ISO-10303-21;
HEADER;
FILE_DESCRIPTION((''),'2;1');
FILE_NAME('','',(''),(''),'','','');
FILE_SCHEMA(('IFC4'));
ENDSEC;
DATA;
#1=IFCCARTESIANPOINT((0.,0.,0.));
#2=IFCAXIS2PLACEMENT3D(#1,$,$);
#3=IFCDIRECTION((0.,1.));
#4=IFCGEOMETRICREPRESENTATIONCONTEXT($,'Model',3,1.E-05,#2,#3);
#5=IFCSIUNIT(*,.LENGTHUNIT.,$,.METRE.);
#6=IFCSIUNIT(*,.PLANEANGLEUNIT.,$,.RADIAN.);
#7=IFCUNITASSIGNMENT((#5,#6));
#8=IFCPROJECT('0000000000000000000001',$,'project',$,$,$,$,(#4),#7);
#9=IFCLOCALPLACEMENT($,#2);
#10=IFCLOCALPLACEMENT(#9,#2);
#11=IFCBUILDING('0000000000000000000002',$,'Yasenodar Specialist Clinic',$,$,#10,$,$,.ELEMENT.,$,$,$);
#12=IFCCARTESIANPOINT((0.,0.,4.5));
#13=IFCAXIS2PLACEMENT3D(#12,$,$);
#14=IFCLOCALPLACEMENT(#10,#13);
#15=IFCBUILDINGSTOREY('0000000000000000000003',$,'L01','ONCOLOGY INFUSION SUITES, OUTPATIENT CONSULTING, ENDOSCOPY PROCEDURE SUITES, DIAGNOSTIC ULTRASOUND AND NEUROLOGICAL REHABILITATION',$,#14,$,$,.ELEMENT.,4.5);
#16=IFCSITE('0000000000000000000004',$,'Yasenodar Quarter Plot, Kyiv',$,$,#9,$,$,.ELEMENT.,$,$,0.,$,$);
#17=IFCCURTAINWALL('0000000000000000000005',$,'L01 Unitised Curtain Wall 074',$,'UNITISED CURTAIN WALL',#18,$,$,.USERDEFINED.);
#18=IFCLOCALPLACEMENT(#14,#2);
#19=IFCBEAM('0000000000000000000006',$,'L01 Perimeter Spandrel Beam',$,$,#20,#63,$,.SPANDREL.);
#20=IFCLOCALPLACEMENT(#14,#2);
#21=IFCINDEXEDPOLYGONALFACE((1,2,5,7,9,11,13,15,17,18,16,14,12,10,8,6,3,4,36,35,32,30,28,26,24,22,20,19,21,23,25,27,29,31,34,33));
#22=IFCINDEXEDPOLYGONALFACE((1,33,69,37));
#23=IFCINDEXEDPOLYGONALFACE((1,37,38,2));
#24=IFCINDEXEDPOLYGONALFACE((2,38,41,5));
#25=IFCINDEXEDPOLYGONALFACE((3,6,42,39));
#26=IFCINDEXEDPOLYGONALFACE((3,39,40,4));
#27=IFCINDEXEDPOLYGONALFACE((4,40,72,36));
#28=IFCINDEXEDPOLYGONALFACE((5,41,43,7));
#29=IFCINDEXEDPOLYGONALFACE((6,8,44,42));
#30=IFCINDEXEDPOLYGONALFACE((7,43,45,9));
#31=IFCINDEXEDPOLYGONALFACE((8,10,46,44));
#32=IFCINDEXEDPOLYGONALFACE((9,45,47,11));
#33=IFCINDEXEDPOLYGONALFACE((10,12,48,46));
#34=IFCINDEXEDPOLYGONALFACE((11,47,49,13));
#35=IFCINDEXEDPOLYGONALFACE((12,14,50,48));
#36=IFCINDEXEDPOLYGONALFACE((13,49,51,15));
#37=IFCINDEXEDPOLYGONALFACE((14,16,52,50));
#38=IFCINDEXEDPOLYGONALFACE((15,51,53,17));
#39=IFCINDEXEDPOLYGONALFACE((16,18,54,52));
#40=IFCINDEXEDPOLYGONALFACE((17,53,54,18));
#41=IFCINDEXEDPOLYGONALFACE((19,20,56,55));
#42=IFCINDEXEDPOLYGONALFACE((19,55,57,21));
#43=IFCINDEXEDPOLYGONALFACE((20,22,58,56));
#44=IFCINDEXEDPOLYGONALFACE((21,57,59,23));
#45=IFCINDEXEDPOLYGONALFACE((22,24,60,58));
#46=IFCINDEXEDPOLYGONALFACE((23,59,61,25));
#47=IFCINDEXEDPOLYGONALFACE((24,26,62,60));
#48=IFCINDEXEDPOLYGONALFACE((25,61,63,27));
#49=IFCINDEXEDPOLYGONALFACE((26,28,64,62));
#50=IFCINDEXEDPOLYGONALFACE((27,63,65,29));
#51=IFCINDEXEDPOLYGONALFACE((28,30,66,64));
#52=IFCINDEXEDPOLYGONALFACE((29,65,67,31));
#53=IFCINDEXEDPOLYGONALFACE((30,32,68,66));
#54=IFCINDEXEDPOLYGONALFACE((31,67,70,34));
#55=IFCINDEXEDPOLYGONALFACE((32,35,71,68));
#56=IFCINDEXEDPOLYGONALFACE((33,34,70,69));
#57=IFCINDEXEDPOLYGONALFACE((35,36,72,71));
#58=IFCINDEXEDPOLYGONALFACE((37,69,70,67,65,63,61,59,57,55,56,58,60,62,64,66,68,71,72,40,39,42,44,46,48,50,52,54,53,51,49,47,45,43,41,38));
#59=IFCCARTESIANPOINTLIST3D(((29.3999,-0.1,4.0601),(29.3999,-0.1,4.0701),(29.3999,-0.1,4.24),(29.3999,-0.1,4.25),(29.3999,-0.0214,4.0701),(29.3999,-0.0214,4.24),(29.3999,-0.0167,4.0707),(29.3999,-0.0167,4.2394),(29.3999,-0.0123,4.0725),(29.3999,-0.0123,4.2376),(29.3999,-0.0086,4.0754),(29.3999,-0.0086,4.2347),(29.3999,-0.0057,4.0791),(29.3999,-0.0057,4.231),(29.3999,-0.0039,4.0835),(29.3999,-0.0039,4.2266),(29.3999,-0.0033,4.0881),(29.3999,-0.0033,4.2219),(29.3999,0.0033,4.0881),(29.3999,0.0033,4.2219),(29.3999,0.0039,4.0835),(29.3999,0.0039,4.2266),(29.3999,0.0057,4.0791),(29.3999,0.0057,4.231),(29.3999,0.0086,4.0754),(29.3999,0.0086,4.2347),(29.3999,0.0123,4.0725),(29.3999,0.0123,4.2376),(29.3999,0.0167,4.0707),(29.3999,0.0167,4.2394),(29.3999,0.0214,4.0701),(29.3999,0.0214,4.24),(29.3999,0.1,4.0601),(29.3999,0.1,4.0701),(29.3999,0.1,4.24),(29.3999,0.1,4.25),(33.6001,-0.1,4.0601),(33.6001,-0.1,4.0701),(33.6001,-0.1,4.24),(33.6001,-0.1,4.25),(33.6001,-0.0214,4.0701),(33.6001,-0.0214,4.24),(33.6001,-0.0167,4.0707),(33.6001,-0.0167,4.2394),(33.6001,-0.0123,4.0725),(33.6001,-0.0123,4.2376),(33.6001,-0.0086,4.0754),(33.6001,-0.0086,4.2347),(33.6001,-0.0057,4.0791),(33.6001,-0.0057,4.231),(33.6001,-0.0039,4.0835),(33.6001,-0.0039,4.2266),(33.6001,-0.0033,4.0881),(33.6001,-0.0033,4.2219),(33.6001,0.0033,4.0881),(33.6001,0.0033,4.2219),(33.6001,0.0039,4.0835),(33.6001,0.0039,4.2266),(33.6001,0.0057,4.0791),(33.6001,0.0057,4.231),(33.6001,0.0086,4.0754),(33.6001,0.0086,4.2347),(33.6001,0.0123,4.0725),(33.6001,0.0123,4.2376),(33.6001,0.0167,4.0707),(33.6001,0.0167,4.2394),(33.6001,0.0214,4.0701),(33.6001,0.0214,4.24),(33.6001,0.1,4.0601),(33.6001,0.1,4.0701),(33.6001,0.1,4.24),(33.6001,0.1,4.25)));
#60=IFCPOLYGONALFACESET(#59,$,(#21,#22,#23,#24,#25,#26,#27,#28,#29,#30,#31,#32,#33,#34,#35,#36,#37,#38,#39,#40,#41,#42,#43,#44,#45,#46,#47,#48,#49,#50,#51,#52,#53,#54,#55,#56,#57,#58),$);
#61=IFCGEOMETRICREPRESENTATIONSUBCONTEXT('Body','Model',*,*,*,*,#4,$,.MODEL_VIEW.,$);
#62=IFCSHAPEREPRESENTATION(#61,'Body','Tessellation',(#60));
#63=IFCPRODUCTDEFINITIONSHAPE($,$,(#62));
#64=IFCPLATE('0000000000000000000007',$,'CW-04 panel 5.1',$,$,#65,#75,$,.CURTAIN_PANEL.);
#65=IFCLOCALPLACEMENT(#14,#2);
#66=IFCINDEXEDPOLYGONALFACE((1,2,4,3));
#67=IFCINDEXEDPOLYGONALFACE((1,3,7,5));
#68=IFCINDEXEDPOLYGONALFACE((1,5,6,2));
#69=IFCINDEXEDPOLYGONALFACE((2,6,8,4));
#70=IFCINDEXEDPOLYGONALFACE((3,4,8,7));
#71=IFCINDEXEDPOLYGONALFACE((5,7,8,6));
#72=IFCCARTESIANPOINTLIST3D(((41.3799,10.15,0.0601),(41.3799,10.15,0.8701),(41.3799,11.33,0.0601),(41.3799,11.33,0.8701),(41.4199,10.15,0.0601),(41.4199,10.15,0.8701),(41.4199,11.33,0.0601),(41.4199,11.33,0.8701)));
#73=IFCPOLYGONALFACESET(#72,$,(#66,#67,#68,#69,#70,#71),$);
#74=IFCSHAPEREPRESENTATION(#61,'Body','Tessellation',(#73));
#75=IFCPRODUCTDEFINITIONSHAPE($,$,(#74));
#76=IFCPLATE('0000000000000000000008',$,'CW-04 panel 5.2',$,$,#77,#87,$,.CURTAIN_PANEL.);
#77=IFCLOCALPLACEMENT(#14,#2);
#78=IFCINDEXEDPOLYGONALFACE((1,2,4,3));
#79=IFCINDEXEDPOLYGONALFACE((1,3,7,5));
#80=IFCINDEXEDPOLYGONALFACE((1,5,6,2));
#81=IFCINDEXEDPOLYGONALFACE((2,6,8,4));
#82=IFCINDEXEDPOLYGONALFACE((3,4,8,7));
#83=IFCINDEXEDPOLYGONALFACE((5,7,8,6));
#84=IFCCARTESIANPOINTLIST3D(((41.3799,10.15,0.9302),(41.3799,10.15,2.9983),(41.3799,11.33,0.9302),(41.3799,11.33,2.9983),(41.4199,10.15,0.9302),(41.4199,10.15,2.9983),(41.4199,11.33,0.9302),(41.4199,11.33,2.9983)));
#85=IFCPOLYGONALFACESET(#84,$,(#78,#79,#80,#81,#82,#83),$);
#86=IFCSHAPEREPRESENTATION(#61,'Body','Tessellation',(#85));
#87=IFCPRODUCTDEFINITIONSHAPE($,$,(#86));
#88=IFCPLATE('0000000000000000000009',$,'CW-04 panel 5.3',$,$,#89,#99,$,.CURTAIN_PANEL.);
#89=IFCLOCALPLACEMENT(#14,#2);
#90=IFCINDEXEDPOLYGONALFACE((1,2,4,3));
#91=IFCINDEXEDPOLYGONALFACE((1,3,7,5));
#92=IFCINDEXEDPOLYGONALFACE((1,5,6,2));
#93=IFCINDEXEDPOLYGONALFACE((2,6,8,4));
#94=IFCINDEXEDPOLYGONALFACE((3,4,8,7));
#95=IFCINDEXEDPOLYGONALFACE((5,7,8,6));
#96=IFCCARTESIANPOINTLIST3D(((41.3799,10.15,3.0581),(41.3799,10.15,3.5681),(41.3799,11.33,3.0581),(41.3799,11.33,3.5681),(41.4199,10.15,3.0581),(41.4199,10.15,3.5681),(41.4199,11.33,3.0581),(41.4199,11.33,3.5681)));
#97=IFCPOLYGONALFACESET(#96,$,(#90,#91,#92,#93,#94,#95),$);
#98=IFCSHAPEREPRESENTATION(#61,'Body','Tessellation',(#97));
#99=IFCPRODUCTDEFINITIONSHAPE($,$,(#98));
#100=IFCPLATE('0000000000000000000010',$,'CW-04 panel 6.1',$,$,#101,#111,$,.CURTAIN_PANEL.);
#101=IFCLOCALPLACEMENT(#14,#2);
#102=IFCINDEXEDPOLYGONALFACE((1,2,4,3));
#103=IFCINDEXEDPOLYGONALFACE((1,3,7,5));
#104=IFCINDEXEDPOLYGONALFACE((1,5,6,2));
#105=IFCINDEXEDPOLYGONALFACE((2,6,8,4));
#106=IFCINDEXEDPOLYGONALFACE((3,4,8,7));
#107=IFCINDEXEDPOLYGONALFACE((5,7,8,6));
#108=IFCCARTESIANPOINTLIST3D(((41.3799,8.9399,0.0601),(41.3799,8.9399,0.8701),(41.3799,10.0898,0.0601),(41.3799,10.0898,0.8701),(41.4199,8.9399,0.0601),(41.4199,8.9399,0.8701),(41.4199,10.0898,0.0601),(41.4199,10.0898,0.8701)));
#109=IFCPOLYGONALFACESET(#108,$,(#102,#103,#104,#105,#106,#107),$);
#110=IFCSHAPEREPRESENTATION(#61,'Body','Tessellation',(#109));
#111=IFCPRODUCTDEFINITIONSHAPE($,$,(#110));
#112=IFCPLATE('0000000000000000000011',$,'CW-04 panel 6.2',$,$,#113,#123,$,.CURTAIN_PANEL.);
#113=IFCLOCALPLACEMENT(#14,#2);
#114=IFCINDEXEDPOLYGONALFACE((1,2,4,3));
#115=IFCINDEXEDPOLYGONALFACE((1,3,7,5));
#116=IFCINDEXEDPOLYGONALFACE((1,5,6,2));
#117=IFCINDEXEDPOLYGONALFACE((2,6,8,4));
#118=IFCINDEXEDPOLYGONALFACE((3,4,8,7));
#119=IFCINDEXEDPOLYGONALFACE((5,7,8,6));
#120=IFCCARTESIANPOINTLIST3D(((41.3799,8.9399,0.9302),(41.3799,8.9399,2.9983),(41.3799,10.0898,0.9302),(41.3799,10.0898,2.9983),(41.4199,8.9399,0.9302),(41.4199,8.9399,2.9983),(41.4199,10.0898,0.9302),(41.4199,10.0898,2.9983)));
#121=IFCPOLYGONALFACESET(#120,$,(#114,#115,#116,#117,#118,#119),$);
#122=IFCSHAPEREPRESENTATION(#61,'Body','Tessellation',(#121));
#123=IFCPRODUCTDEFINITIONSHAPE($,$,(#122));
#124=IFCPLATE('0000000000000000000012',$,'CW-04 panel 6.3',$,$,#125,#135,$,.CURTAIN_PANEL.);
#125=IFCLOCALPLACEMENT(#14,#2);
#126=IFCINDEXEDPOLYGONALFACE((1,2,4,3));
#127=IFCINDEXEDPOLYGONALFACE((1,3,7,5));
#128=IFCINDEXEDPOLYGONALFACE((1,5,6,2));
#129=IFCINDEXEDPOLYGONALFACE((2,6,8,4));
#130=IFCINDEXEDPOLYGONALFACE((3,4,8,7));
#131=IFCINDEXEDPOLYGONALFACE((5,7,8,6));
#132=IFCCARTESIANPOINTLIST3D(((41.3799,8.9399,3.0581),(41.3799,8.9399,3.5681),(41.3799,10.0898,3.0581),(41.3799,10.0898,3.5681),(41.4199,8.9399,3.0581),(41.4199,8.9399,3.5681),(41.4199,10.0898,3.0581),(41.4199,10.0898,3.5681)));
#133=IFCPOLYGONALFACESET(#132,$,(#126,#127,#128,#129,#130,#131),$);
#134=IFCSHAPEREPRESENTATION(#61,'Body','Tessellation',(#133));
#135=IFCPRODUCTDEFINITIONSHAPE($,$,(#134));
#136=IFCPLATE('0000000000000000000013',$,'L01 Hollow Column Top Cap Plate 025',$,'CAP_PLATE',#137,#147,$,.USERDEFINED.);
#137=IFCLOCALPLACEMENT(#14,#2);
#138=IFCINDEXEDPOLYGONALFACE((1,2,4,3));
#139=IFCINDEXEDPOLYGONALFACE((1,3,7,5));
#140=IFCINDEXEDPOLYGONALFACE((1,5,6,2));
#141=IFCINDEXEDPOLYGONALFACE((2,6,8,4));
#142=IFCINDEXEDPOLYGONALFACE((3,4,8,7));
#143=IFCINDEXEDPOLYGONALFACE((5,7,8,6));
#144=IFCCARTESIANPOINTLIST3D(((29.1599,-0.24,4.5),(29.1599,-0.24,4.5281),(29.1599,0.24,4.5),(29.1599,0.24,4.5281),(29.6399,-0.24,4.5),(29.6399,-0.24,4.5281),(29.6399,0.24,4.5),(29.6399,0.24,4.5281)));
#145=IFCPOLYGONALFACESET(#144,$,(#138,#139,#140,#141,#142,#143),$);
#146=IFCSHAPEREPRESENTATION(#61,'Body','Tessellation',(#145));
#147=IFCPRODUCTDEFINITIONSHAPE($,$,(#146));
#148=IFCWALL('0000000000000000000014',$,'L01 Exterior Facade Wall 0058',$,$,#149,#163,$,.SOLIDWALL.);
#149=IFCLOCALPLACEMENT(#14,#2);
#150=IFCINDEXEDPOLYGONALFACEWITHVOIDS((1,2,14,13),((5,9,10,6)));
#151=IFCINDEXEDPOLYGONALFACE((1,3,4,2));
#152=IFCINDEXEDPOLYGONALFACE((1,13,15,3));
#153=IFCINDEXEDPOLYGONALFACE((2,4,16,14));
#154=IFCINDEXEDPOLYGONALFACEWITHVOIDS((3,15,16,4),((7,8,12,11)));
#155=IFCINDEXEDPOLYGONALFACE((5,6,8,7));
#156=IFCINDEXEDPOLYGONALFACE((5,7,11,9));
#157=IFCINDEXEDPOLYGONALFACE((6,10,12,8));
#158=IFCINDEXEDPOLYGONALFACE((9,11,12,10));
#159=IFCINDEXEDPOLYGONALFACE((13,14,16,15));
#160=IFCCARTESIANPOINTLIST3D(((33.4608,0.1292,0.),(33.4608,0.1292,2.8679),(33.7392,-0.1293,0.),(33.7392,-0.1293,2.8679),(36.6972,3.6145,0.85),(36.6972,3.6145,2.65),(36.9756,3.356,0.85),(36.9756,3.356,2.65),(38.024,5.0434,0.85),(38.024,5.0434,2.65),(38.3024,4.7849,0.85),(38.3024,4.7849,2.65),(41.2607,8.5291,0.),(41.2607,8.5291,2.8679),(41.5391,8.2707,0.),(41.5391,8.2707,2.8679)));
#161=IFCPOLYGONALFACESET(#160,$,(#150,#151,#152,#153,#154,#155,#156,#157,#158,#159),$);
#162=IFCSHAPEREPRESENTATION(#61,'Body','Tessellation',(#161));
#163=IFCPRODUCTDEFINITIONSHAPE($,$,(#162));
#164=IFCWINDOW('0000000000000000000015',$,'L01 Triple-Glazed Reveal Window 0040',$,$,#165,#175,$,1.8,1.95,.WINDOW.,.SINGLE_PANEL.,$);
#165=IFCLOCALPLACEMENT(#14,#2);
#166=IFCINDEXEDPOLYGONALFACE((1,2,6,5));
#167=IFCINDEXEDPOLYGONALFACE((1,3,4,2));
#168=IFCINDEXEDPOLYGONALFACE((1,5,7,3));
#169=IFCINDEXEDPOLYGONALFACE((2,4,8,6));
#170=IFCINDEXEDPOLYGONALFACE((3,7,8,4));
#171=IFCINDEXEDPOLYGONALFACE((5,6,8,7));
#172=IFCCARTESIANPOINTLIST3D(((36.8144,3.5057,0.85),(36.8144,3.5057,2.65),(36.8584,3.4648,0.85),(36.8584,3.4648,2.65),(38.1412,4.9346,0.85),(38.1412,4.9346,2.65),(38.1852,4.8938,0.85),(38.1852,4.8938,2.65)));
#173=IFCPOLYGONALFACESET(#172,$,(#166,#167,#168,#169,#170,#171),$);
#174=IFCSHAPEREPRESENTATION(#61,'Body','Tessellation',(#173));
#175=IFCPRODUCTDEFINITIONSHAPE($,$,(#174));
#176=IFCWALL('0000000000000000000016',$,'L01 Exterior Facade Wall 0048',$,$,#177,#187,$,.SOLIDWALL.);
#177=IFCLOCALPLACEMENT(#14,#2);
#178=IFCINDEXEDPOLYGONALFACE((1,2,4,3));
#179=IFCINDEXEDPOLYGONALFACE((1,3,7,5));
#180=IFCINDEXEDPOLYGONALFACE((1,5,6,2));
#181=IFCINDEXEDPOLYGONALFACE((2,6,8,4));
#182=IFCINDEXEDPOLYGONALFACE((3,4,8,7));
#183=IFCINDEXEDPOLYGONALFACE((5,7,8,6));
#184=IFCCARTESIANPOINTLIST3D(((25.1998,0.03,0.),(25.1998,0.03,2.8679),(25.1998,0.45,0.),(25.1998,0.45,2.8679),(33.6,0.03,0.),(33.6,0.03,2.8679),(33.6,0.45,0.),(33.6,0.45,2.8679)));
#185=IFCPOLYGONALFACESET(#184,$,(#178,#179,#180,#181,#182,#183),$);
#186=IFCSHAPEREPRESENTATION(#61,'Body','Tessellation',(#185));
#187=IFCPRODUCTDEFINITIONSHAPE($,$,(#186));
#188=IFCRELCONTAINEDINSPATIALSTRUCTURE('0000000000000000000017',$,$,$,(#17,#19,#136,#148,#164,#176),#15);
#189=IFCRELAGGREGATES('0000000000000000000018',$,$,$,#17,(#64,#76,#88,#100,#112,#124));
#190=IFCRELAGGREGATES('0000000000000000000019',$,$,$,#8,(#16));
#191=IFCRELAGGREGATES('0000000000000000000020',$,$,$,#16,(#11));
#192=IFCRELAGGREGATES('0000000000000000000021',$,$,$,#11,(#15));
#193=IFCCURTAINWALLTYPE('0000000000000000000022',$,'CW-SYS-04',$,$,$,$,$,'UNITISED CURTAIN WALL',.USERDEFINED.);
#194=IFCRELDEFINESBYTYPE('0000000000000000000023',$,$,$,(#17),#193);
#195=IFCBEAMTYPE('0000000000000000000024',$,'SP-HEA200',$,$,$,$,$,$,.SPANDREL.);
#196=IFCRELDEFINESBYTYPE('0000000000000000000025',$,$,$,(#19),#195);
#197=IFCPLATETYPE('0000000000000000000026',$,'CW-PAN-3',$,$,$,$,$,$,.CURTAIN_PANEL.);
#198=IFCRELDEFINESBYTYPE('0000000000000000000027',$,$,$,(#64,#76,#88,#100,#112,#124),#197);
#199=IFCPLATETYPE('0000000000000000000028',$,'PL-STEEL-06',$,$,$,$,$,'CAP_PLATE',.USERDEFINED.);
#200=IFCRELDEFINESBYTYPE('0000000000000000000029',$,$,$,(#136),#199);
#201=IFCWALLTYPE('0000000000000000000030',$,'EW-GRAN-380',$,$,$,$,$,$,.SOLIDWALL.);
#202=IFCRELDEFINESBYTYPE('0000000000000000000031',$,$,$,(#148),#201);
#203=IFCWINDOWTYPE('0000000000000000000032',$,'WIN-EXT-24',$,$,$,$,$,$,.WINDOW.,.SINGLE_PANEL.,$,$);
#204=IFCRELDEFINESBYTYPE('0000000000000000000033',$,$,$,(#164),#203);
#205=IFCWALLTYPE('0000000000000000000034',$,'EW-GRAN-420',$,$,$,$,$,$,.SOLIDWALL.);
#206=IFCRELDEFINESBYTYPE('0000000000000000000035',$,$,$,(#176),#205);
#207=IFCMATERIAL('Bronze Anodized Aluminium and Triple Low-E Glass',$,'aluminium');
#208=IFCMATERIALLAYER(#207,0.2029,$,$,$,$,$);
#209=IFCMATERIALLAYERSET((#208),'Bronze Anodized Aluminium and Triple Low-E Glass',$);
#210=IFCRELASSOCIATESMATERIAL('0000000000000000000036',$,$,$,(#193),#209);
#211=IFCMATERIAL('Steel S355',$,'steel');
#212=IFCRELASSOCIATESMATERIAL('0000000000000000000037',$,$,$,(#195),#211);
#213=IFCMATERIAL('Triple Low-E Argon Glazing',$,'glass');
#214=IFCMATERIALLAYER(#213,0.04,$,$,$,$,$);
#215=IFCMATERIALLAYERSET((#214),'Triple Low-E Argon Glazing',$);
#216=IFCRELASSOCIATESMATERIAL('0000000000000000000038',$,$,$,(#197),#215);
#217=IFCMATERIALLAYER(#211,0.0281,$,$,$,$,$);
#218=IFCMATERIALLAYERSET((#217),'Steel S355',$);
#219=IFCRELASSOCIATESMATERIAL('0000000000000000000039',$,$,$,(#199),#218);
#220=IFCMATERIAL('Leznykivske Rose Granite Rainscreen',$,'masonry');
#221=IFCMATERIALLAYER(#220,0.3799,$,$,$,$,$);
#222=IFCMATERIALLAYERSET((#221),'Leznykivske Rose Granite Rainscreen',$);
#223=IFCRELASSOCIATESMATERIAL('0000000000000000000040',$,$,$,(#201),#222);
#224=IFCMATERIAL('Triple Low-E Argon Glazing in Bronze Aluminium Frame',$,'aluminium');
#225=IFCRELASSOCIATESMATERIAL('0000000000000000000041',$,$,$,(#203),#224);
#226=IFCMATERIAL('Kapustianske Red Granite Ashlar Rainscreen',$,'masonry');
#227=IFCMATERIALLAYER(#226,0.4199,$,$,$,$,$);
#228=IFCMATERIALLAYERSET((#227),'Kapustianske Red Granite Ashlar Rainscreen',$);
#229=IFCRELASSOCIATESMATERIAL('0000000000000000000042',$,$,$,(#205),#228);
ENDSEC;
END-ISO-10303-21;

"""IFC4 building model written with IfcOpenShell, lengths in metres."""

from ifc_helpers import new_model, si_unit, direction, frame, frame_2d, origin, origin_2d, place, context, subcontext, project, spatial, rectangle, i_section, extrude, material, layer, layer_set, material_profile, profile_set, type_object, element, fill, aggregate, save


model = new_model("IFC4")

# Units and contexts
model_context = context("Model", 3, precision=1e-05, world=origin(), true_north=direction((0.0, 1.0)))
body_context = subcontext(model_context, "Body", "Model", "MODEL_VIEW")
ifc_project = project(units=[si_unit("LENGTHUNIT", "METRE"), si_unit("PLANEANGLEUNIT", "RADIAN")], contexts=[model_context])

# Site, building, storey
site_placement = place(None, origin())
site = spatial("IfcSite", under=ifc_project, at=site_placement, Name="Yasenodar Quarter Plot, Kyiv", CompositionType="ELEMENT", RefElevation=0.0)
building_placement = place(site_placement, origin())
building = spatial("IfcBuilding", under=site, at=building_placement, Name="Yasenodar Specialist Clinic", CompositionType="ELEMENT")
storey_placement = place(building_placement, frame((0.0, 0.0, 4.5)))
storey = spatial("IfcBuildingStorey", under=building, at=storey_placement, Name="L01", Description="ONCOLOGY INFUSION SUITES, OUTPATIENT CONSULTING, ENDOSCOPY PROCEDURE SUITES, DIAGNOSTIC ULTRASOUND AND NEUROLOGICAL REHABILITATION", CompositionType="ELEMENT", Elevation=4.5)

# Shared definitions
ifc_material_1 = material(Name="Steel S355", Category="steel")

# Curtain wall
ifc_material_2 = material(Name="Bronze Anodized Aluminium and Triple Low-E Glass", Category="aluminium")
ifc_layer_1 = layer(ifc_material_2, 0.2029)
ifc_layer_set_1 = layer_set([ifc_layer_1], Name="Bronze Anodized Aluminium and Triple Low-E Glass")
curtain_wall_type = type_object("IfcCurtainWallType", Name="CW-SYS-04", ElementType="UNITISED CURTAIN WALL", PredefinedType="USERDEFINED", material=ifc_layer_set_1)
curtain_wall_placement = place(storey_placement, origin())
curtain_wall = element("IfcCurtainWall", 1, at=curtain_wall_placement, inside=storey, type_object=curtain_wall_type, Name="L01 Unitised Curtain Wall 074", ObjectType="UNITISED CURTAIN WALL", PredefinedType="USERDEFINED")

# Beam
ifc_material_profile_1 = material_profile(ifc_material_1, i_section(OverallWidth=0.2, OverallDepth=0.1899, WebThickness=0.0066, FlangeThickness=0.01, FilletRadius=0.0181, at=origin_2d()), Name="HEA 200")
ifc_profile_set_1 = profile_set([ifc_material_profile_1], Name="Steel S355")
beam_type_1 = type_object("IfcBeamType", Name="SP-HEA200", PredefinedType="SPANDREL", material=ifc_profile_set_1)
beam_1_placement = place(storey_placement, frame((29.3999, 0.0, 4.155), z_axis=(1.0, 0.0, 0.0), x_axis=(0.0, 1.0, 0.0)))
element("IfcBeam", 2, at=beam_1_placement, inside=storey, type_object=beam_type_1, Name="L01 Perimeter Spandrel Beam", PredefinedType="SPANDREL", context=body_context, shape_type="SweptSolid", body=[
    extrude(i_section(OverallWidth=0.2, OverallDepth=0.1899, WebThickness=0.0066, FlangeThickness=0.01, FilletRadius=0.0181, at=origin_2d()), origin(), (0.0, 0.0, 1.0), 4.2002),
])

# Plates
ifc_material_3 = material(Name="Triple Low-E Argon Glazing", Category="glass")
ifc_layer_2 = layer(ifc_material_3, 0.04)
ifc_layer_set_2 = layer_set([ifc_layer_2], Name="Triple Low-E Argon Glazing")
plate_type_1 = type_object("IfcPlateType", Name="CW-PAN-3", PredefinedType="CURTAIN_PANEL", material=ifc_layer_set_2)
plate_1_placement = place(storey_placement, frame((41.3999, 10.74, 0.0601), z_axis=(0.0, 0.0, 1.0), x_axis=(0.0, -1.0, 0.0)))
plate_1 = element("IfcPlate", 3, at=plate_1_placement, type_object=plate_type_1, Name="CW-04 panel 5.1", PredefinedType="CURTAIN_PANEL", context=body_context, shape_type="SweptSolid", body=[
    extrude(rectangle(XDim=1.1799, YDim=0.04, at=origin_2d()), origin(), (0.0, 0.0, 1.0), 0.8101),
])
plate_2_placement = place(storey_placement, frame((41.3999, 10.74, 0.9302), z_axis=(0.0, 0.0, 1.0), x_axis=(0.0, -1.0, 0.0)))
plate_2 = element("IfcPlate", 4, at=plate_2_placement, type_object=plate_type_1, Name="CW-04 panel 5.2", PredefinedType="CURTAIN_PANEL", context=body_context, shape_type="SweptSolid", body=[
    extrude(rectangle(XDim=1.1799, YDim=0.04, at=origin_2d()), origin(), (0.0, 0.0, 1.0), 2.0681),
])
plate_3_placement = place(storey_placement, frame((41.3999, 10.74, 3.0581), z_axis=(0.0, 0.0, 1.0), x_axis=(0.0, -1.0, 0.0)))
plate_3 = element("IfcPlate", 5, at=plate_3_placement, type_object=plate_type_1, Name="CW-04 panel 5.3", PredefinedType="CURTAIN_PANEL", context=body_context, shape_type="SweptSolid", body=[
    extrude(rectangle(XDim=1.1799, YDim=0.04, at=origin_2d()), origin(), (0.0, 0.0, 1.0), 0.51),
])
plate_4_placement = place(storey_placement, frame((41.3999, 9.5149, 0.0601), z_axis=(0.0, 0.0, 1.0), x_axis=(0.0, -1.0, 0.0)))
plate_4 = element("IfcPlate", 6, at=plate_4_placement, type_object=plate_type_1, Name="CW-04 panel 6.1", PredefinedType="CURTAIN_PANEL", context=body_context, shape_type="SweptSolid", body=[
    extrude(rectangle(XDim=1.1499, YDim=0.04, at=origin_2d()), origin(), (0.0, 0.0, 1.0), 0.8101),
])
plate_5_placement = place(storey_placement, frame((41.3999, 9.5149, 0.9302), z_axis=(0.0, 0.0, 1.0), x_axis=(0.0, -1.0, 0.0)))
plate_5 = element("IfcPlate", 7, at=plate_5_placement, type_object=plate_type_1, Name="CW-04 panel 6.2", PredefinedType="CURTAIN_PANEL", context=body_context, shape_type="SweptSolid", body=[
    extrude(rectangle(XDim=1.1499, YDim=0.04, at=origin_2d()), origin(), (0.0, 0.0, 1.0), 2.0681),
])
plate_6_placement = place(storey_placement, frame((41.3999, 9.5149, 3.0581), z_axis=(0.0, 0.0, 1.0), x_axis=(0.0, -1.0, 0.0)))
plate_6 = element("IfcPlate", 8, at=plate_6_placement, type_object=plate_type_1, Name="CW-04 panel 6.3", PredefinedType="CURTAIN_PANEL", context=body_context, shape_type="SweptSolid", body=[
    extrude(rectangle(XDim=1.1499, YDim=0.04, at=origin_2d()), origin(), (0.0, 0.0, 1.0), 0.51),
])
aggregate(curtain_wall, [plate_1, plate_2, plate_3, plate_4, plate_5, plate_6])
ifc_layer_3 = layer(ifc_material_1, 0.0281)
ifc_layer_set_3 = layer_set([ifc_layer_3], Name="Steel S355")
plate_type_2 = type_object("IfcPlateType", Name="PL-STEEL-06", ElementType="CAP_PLATE", PredefinedType="USERDEFINED", material=ifc_layer_set_3)
plate_7_placement = place(storey_placement, frame((29.3999, 0.0, 4.5), z_axis=(0.0, 0.0, 1.0), x_axis=(1.0, 0.0, 0.0)))
element("IfcPlate", 9, at=plate_7_placement, inside=storey, type_object=plate_type_2, Name="L01 Hollow Column Top Cap Plate 025", ObjectType="CAP_PLATE", PredefinedType="USERDEFINED", context=body_context, shape_type="SweptSolid", body=[
    extrude(rectangle(XDim=0.48, YDim=0.48, at=origin_2d()), origin(), (0.0, 0.0, 1.0), 0.0281),
])

# Wall, opening, window
ifc_material_4 = material(Name="Leznykivske Rose Granite Rainscreen", Category="masonry")
ifc_layer_4 = layer(ifc_material_4, 0.3799)
ifc_layer_set_4 = layer_set([ifc_layer_4], Name="Leznykivske Rose Granite Rainscreen")
wall_type_1 = type_object("IfcWallType", Name="EW-GRAN-380", PredefinedType="SOLIDWALL", material=ifc_layer_set_4)
wall_1_placement = place(storey_placement, frame((41.3999, 8.3999, 0.0), z_axis=(0.0, 0.0, 1.0), x_axis=(-0.680446, -0.732798, 0.0)))
wall_1 = element("IfcWall", 10, at=wall_1_placement, inside=storey, type_object=wall_type_1, Name="L01 Exterior Facade Wall 0058", PredefinedType="SOLIDWALL", context=body_context, shape_type="SweptSolid", body=[
    extrude(rectangle(XDim=11.4629, YDim=0.3799, at=frame_2d((5.7314, 0.0))), origin(), (0.0, 0.0, 1.0), 2.8679),
])
opening_placement = place(wall_1_placement, frame((4.7566, 0.0, 0.8501)))
opening = element("IfcOpeningElement", 11, at=opening_placement, cuts=wall_1, PredefinedType="OPENING", context=body_context, shape_type="SweptSolid", body=[
    extrude(rectangle(XDim=1.95, YDim=1.8, at=frame_2d((0.9751, 0.8999))), frame((0.0, 0.2, 0.0), z_axis=(0.0, -1.0, 0.0), x_axis=(1.0, 0.0, 0.0)), (0.0, 0.0, 1.0), 0.3999),
])
ifc_material_5 = material(Name="Triple Low-E Argon Glazing in Bronze Aluminium Frame", Category="aluminium")
window_type = type_object("IfcWindowType", Name="WIN-EXT-24", PartitioningType="SINGLE_PANEL", PredefinedType="WINDOW", material=ifc_material_5)
window_placement = place(opening_placement, origin())
window = element("IfcWindow", 12, at=window_placement, inside=storey, type_object=window_type, Name="L01 Triple-Glazed Reveal Window 0040", OverallHeight=1.8, OverallWidth=1.95, PartitioningType="SINGLE_PANEL", PredefinedType="WINDOW", context=body_context, shape_type="SweptSolid", body=[
    extrude(rectangle(XDim=1.95, YDim=1.8, at=frame_2d((0.9751, 0.8999))), frame((0.0, 0.03, 0.0), z_axis=(0.0, -1.0, 0.0), x_axis=(1.0, 0.0, 0.0)), (0.0, 0.0, 1.0), 0.0601),
])
fill(opening, window)

# Wall
ifc_material_6 = material(Name="Kapustianske Red Granite Ashlar Rainscreen", Category="masonry")
ifc_layer_5 = layer(ifc_material_6, 0.4199)
ifc_layer_set_5 = layer_set([ifc_layer_5], Name="Kapustianske Red Granite Ashlar Rainscreen")
wall_type_2 = type_object("IfcWallType", Name="EW-GRAN-420", PredefinedType="SOLIDWALL", material=ifc_layer_set_5)
wall_2_placement = place(storey_placement, frame((33.6001, 0.24, 0.0), z_axis=(0.0, 0.0, 1.0), x_axis=(-1.0, 0.0, 0.0)))
element("IfcWall", 13, at=wall_2_placement, inside=storey, type_object=wall_type_2, Name="L01 Exterior Facade Wall 0048", PredefinedType="SOLIDWALL", context=body_context, shape_type="SweptSolid", body=[
    extrude(rectangle(XDim=8.4001, YDim=0.4199, at=frame_2d((4.2002, 0.0))), origin(), (0.0, 0.0, 1.0), 2.8679),
])

save(model, "model.ifc")
